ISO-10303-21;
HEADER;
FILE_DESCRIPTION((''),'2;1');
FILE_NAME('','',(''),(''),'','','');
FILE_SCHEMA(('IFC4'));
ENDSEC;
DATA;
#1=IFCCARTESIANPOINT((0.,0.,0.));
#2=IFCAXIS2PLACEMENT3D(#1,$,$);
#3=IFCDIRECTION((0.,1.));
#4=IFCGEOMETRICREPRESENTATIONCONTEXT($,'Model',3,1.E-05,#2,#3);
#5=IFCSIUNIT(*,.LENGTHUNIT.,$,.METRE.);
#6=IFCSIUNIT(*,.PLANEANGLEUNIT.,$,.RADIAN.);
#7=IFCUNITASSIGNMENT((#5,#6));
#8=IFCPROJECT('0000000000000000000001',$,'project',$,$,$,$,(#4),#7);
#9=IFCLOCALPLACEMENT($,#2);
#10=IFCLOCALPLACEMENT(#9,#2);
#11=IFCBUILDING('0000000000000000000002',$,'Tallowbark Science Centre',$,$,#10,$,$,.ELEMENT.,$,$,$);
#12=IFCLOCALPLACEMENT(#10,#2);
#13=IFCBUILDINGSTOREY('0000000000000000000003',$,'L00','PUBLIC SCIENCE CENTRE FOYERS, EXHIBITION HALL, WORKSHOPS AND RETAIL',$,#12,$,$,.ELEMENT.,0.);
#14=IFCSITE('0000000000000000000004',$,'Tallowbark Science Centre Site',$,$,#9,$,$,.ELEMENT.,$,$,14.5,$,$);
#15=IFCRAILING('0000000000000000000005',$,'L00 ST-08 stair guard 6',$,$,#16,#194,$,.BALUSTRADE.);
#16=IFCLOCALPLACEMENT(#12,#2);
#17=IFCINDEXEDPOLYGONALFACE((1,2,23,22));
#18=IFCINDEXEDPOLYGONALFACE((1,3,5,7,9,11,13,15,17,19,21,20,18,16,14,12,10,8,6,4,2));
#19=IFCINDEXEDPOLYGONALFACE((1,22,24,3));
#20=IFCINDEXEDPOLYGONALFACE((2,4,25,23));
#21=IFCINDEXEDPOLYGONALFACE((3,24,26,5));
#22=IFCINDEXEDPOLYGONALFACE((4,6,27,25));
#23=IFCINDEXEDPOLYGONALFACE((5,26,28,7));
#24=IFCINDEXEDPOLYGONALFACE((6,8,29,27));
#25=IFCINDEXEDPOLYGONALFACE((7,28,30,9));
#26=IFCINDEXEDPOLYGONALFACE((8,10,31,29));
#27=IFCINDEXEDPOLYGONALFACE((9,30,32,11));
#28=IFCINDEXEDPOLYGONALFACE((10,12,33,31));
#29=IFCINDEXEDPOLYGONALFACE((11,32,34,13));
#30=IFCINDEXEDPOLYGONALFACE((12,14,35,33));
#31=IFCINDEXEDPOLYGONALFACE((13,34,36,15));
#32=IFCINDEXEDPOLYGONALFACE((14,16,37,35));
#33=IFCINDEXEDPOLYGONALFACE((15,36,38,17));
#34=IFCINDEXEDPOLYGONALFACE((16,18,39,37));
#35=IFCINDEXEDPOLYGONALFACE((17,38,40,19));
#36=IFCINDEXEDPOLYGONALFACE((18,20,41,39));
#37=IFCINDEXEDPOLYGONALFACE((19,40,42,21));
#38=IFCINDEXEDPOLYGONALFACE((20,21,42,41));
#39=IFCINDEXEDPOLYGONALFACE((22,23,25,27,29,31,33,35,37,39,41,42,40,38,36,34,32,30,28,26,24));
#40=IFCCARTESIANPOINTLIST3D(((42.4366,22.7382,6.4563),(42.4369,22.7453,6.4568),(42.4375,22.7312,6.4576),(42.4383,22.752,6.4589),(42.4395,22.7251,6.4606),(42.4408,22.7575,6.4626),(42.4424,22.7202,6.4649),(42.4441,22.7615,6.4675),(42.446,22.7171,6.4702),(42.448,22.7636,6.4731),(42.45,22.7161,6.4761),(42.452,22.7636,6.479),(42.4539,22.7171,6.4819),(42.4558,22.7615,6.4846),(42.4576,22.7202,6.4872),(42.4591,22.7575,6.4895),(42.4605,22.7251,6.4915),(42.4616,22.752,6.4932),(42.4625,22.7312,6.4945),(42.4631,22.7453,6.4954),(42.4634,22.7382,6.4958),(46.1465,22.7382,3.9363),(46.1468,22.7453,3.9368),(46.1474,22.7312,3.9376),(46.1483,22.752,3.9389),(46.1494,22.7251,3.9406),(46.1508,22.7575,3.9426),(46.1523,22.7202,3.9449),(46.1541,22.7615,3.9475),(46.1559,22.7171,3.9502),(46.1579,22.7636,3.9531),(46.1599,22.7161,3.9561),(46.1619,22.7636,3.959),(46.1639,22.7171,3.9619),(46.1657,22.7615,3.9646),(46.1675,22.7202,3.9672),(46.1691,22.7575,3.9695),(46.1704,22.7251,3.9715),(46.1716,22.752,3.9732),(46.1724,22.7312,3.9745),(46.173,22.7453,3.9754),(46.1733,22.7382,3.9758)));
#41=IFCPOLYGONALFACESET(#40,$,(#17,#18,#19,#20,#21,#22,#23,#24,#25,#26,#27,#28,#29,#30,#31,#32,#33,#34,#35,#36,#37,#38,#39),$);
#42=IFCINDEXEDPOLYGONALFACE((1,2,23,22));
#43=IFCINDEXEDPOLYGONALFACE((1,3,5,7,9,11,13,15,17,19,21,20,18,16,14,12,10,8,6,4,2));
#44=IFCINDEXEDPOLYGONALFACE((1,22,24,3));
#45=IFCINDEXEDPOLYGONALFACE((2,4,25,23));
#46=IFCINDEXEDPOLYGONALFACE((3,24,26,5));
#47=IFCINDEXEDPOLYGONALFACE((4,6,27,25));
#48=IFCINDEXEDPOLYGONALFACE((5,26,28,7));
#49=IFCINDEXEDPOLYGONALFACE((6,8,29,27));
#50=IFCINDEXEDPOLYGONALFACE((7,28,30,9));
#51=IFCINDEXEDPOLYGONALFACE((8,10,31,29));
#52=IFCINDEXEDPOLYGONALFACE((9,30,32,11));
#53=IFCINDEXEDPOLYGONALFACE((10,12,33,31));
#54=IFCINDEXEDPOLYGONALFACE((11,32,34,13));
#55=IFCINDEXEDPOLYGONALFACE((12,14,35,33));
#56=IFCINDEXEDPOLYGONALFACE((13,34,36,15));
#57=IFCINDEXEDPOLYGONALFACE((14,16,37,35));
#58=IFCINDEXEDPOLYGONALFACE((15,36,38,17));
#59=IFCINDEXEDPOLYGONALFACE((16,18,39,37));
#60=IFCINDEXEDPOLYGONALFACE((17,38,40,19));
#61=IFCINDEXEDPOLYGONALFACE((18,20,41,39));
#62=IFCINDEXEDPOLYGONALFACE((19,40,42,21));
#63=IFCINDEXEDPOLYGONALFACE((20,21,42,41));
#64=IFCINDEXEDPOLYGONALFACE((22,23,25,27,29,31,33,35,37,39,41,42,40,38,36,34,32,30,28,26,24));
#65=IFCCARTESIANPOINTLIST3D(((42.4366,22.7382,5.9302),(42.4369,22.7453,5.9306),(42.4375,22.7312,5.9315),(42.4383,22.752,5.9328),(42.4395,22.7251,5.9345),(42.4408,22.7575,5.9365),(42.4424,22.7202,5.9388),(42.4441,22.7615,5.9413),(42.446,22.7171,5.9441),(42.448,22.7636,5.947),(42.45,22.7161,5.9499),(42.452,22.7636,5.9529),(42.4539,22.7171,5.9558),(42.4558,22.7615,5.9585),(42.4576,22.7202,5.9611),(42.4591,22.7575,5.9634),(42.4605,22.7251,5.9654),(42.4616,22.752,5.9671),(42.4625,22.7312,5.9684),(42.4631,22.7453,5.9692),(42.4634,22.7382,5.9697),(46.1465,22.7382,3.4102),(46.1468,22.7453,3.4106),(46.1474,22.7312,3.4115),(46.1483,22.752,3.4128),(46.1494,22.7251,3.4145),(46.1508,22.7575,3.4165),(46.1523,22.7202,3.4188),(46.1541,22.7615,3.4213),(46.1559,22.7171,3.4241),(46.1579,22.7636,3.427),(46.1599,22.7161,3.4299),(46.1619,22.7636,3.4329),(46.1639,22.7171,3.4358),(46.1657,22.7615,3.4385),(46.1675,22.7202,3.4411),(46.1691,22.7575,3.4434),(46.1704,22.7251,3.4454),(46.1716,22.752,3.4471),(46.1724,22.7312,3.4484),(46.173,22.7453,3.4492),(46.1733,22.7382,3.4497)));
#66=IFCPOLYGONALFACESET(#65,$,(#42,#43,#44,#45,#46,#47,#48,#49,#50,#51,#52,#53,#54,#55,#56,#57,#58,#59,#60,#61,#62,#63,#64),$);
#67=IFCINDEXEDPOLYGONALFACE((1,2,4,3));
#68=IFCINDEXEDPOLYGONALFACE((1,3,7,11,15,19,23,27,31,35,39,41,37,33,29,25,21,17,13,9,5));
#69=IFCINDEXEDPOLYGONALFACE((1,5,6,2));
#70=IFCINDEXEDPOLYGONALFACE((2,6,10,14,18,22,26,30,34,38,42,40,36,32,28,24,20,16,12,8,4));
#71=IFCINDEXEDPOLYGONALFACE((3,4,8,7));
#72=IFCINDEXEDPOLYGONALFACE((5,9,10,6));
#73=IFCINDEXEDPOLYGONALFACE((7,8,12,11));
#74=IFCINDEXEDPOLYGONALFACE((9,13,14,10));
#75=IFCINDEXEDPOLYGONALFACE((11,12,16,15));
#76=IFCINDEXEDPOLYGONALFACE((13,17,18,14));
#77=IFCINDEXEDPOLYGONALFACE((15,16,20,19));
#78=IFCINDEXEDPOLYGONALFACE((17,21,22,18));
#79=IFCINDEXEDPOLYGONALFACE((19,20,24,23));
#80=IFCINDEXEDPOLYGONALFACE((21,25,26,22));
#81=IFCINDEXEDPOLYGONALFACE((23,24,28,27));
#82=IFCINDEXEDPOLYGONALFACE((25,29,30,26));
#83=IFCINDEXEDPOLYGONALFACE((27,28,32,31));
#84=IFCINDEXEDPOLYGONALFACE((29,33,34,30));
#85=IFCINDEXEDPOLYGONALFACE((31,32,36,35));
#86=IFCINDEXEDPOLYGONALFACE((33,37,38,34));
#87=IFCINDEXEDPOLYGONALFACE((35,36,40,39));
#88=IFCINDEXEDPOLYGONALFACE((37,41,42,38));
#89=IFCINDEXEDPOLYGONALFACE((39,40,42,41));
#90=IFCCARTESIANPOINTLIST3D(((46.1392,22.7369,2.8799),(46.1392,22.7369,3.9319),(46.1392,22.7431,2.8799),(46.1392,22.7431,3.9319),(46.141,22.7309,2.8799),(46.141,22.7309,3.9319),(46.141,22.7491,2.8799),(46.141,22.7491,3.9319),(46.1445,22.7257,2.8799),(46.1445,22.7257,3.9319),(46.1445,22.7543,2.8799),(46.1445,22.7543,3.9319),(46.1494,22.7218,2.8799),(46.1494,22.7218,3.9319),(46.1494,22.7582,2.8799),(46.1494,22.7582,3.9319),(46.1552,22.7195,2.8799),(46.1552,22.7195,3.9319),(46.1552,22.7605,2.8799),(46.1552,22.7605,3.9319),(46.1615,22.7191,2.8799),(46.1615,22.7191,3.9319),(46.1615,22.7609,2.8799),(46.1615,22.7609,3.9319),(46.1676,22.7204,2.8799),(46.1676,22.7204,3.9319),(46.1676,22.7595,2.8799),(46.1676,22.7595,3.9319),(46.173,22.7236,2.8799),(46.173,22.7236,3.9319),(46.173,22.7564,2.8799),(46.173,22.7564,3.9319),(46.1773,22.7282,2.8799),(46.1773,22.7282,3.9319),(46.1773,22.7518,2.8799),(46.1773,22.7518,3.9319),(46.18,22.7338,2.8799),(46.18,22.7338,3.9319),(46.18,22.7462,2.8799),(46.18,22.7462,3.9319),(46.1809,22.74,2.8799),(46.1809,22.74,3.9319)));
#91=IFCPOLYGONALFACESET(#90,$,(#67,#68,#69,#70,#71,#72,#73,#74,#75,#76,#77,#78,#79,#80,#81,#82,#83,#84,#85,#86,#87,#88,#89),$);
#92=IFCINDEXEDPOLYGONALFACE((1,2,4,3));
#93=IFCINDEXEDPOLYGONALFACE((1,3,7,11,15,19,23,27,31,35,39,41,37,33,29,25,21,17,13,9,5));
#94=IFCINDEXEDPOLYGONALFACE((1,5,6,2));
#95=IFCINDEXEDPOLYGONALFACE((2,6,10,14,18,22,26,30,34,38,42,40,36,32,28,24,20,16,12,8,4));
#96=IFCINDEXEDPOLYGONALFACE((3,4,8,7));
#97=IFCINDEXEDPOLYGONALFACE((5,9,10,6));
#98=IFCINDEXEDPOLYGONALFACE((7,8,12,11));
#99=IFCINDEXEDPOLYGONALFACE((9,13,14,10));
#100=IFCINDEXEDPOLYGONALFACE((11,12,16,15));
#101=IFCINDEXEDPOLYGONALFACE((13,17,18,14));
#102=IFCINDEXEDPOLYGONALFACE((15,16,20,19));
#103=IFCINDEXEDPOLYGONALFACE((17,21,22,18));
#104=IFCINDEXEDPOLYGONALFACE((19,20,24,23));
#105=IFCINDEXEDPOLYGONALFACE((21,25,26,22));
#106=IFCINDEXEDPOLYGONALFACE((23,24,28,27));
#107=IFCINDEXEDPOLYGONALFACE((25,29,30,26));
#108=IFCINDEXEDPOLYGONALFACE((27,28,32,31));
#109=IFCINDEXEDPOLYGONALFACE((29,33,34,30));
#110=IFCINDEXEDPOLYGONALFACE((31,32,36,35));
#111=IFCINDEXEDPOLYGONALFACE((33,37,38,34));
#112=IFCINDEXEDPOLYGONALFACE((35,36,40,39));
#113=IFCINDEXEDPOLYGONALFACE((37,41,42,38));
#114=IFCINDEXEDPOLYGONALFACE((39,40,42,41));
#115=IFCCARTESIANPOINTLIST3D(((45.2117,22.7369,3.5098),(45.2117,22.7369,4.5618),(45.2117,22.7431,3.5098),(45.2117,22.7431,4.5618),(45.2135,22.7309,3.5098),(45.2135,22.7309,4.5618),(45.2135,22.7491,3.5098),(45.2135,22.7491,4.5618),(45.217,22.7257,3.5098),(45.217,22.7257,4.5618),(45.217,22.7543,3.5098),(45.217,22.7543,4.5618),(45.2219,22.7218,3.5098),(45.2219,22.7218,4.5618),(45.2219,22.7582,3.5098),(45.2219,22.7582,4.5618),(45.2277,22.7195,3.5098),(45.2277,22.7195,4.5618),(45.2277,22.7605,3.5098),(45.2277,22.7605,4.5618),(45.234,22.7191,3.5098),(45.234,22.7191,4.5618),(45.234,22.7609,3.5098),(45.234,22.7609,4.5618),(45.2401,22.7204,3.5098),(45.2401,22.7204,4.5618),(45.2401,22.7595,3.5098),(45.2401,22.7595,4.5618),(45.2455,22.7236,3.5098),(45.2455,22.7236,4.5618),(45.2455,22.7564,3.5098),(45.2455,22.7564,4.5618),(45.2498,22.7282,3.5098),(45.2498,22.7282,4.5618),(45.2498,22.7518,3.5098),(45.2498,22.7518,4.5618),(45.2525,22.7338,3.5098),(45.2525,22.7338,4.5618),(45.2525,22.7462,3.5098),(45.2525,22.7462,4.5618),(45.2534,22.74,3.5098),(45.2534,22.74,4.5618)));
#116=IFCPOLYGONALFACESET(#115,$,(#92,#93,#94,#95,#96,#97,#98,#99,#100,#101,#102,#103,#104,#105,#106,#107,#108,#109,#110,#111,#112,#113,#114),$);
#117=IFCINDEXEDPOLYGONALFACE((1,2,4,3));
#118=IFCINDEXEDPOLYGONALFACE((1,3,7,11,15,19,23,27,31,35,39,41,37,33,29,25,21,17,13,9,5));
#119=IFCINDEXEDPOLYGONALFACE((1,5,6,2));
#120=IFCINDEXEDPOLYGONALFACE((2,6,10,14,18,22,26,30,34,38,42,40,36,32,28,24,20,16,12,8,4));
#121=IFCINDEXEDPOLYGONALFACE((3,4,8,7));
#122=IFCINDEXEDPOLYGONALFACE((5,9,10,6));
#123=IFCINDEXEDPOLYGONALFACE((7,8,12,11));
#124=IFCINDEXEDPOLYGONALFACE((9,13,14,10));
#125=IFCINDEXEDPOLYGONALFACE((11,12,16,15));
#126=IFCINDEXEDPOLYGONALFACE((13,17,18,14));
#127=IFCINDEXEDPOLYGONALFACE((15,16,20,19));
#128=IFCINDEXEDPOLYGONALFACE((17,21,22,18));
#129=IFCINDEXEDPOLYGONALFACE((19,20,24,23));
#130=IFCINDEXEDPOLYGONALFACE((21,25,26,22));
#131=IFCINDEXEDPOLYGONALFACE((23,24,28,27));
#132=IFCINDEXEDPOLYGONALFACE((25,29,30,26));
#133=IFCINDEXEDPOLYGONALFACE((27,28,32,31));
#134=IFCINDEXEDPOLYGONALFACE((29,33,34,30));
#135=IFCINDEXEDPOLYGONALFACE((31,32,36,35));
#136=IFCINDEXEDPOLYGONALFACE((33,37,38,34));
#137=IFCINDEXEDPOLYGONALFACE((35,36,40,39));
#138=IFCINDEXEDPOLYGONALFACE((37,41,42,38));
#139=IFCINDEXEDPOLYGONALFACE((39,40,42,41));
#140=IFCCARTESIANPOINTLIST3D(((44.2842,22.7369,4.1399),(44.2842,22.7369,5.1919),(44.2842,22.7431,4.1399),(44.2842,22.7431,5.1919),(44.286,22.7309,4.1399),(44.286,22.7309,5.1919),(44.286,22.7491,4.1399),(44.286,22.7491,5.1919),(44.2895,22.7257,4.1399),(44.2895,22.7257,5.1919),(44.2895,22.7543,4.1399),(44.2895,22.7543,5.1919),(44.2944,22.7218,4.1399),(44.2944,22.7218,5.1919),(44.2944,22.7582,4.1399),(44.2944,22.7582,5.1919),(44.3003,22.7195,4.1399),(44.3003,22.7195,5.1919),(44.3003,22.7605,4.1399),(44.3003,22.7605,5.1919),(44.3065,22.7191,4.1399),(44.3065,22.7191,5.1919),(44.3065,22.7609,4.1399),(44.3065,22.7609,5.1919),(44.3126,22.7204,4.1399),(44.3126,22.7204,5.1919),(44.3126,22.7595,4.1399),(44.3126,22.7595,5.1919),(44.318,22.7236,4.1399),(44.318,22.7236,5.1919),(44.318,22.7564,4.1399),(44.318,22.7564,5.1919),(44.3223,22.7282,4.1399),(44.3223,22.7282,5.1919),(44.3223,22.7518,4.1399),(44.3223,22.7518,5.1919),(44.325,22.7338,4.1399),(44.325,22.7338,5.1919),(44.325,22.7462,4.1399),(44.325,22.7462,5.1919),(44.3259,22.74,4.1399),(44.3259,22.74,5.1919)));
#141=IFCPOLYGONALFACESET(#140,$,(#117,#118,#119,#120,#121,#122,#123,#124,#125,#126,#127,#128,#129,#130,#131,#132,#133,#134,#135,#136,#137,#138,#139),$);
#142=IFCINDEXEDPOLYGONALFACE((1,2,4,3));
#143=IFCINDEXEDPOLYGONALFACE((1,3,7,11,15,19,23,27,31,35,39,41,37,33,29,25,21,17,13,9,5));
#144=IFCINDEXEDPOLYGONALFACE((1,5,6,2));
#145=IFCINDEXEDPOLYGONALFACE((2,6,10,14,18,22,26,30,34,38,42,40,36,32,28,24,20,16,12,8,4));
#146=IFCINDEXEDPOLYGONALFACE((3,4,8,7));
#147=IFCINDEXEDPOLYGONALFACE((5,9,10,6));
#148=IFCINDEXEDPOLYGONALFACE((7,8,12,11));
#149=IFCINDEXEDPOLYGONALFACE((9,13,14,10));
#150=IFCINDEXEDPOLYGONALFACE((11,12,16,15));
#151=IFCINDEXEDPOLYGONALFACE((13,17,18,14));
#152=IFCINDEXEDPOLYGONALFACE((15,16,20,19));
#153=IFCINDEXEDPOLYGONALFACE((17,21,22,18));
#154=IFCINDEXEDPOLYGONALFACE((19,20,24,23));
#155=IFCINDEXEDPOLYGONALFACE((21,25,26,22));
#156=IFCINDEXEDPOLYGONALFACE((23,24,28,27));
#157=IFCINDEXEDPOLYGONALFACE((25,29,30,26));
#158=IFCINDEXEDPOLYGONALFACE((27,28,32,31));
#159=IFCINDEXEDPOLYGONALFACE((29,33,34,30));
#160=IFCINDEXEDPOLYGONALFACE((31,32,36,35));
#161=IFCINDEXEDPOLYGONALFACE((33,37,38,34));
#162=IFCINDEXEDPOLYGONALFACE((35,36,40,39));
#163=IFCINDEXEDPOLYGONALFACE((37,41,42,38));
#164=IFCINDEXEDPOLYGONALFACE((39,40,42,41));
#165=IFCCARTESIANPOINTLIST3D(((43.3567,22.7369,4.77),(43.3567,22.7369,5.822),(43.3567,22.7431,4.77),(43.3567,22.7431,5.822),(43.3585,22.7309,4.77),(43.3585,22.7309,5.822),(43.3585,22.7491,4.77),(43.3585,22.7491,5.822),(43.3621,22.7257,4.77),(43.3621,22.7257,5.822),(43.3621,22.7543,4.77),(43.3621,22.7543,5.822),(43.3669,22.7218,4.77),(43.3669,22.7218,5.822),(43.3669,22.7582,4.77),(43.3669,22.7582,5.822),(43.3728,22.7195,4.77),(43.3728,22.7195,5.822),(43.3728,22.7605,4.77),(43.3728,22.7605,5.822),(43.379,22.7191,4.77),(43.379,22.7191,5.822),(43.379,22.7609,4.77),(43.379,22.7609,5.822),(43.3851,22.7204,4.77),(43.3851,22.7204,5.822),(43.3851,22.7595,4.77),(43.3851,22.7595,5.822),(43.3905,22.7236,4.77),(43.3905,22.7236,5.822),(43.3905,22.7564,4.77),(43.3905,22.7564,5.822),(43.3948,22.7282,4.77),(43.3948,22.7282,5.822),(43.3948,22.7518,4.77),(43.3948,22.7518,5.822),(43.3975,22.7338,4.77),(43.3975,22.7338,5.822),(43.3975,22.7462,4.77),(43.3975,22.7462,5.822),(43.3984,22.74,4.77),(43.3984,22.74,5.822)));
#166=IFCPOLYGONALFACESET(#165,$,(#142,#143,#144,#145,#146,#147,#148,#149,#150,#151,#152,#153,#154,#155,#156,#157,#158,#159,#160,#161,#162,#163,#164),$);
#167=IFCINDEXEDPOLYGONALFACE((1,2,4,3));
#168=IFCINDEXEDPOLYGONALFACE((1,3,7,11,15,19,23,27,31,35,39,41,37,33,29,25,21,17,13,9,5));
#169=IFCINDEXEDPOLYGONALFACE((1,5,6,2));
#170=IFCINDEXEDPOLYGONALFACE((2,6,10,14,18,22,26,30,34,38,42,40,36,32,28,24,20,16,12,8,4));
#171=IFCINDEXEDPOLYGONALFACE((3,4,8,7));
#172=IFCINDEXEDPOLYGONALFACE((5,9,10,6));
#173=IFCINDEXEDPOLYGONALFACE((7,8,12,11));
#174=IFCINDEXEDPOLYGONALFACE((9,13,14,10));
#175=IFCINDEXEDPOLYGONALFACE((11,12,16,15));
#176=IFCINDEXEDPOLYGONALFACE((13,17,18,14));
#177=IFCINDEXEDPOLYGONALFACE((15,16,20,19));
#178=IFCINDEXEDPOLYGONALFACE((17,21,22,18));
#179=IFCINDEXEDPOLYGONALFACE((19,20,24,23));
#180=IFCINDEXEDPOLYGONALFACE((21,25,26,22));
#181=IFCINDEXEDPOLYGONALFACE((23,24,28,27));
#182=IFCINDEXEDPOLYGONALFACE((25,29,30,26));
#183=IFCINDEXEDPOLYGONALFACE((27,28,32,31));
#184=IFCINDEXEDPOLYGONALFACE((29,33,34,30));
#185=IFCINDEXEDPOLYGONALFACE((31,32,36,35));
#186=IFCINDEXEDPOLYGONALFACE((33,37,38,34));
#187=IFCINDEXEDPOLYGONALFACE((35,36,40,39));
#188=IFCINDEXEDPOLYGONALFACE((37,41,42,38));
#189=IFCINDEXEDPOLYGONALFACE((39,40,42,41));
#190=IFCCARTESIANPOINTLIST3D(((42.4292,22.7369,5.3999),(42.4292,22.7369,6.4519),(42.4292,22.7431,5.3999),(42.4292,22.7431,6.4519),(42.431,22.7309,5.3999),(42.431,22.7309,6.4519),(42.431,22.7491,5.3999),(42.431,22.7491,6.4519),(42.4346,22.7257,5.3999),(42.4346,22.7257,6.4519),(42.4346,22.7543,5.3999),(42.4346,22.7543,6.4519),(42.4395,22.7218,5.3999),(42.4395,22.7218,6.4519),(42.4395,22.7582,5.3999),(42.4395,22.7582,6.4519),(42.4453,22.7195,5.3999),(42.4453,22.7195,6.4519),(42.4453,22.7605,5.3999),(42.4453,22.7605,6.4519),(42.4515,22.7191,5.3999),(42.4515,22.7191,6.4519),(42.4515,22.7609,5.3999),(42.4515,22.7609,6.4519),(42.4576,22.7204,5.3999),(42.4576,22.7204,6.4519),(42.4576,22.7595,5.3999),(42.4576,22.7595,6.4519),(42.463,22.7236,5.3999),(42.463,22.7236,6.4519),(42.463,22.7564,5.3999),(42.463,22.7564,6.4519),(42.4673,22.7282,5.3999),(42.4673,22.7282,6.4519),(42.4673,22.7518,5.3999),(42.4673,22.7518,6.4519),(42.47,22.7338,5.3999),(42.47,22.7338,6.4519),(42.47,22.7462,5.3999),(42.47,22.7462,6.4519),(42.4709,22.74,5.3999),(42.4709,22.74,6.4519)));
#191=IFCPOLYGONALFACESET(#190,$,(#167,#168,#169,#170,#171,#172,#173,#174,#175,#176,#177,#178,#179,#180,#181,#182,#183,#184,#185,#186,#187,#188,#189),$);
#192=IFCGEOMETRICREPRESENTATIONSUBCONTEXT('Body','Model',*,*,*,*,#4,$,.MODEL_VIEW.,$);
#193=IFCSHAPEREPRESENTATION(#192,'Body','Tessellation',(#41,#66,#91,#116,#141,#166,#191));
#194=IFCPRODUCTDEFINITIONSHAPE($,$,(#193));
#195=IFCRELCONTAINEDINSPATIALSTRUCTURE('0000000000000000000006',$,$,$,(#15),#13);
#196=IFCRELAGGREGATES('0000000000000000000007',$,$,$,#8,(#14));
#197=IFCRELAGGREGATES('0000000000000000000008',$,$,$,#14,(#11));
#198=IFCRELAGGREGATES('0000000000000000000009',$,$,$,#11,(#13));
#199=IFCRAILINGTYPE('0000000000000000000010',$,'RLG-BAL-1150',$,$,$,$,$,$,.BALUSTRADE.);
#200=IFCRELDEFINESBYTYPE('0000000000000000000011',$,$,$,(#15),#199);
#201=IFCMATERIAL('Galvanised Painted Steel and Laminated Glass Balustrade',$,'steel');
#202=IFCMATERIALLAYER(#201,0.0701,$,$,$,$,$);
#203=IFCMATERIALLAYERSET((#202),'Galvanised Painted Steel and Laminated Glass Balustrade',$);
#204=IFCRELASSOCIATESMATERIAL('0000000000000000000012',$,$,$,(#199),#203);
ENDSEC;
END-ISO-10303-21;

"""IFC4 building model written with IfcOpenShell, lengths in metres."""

from ifc_helpers import new_model, si_unit, direction, frame, origin, origin_2d, place, context, subcontext, project, spatial, circle, extrude, material, layer, layer_set, type_object, element, save


model = new_model("IFC4")

# Units and contexts
model_context = context("Model", 3, precision=1e-05, world=origin(), true_north=direction((0.0, 1.0)))
body_context = subcontext(model_context, "Body", "Model", "MODEL_VIEW")
ifc_project = project(units=[si_unit("LENGTHUNIT", "METRE"), si_unit("PLANEANGLEUNIT", "RADIAN")], contexts=[model_context])

# Site, building, storey
site_placement = place(None, origin())
site = spatial("IfcSite", under=ifc_project, at=site_placement, Name="Tallowbark Science Centre Site", CompositionType="ELEMENT", RefElevation=14.5)
building_placement = place(site_placement, origin())
building = spatial("IfcBuilding", under=site, at=building_placement, Name="Tallowbark Science Centre", CompositionType="ELEMENT")
storey_placement = place(building_placement, origin())
storey = spatial("IfcBuildingStorey", under=building, at=storey_placement, Name="L00", Description="PUBLIC SCIENCE CENTRE FOYERS, EXHIBITION HALL, WORKSHOPS AND RETAIL", CompositionType="ELEMENT", Elevation=0.0)

# Railing
ifc_material_1 = material(Name="Galvanised Painted Steel and Laminated Glass Balustrade", Category="steel")
ifc_layer_1 = layer(ifc_material_1, 0.0701)
ifc_layer_set_1 = layer_set([ifc_layer_1], Name="Galvanised Painted Steel and Laminated Glass Balustrade")
railing_type_1 = type_object("IfcRailingType", Name="RLG-BAL-1150", PredefinedType="BALUSTRADE", material=ifc_layer_set_1)
railing_1_placement = place(storey_placement, frame((46.1599, 22.74, 2.8799)))
element("IfcRailing", 1, at=railing_1_placement, inside=storey, type_object=railing_type_1, Name="L00 ST-08 stair guard 6", PredefinedType="BALUSTRADE", context=body_context, shape_type="SweptSolid", body=[
    extrude(circle(Radius=0.0239, at=origin_2d()), frame((0.0, 0.0, 1.0762), z_axis=(-0.827212, 0.0, 0.56189), x_axis=(0.0, -1.0, 0.0)), (0.0, 0.0, 1.0), 4.4849),
    extrude(circle(Radius=0.0239, at=origin_2d()), frame((0.0, 0.0, 0.55), z_axis=(-0.827212, 0.0, 0.56189), x_axis=(0.0, -1.0, 0.0)), (0.0, 0.0, 1.0), 4.4849),
    extrude(circle(Radius=0.021, at=origin_2d()), origin(), (0.0, 0.0, 1.0), 1.052),
    extrude(circle(Radius=0.021, at=origin_2d()), frame((-0.9275, 0.0, 0.6299)), (0.0, 0.0, 1.0), 1.052),
    extrude(circle(Radius=0.021, at=origin_2d()), frame((-1.855, 0.0, 1.26)), (0.0, 0.0, 1.0), 1.052),
    extrude(circle(Radius=0.021, at=origin_2d()), frame((-2.7825, 0.0, 1.8901)), (0.0, 0.0, 1.0), 1.052),
    extrude(circle(Radius=0.021, at=origin_2d()), frame((-3.71, 0.0, 2.52)), (0.0, 0.0, 1.0), 1.052),
])

save(model, "model.ifc")
